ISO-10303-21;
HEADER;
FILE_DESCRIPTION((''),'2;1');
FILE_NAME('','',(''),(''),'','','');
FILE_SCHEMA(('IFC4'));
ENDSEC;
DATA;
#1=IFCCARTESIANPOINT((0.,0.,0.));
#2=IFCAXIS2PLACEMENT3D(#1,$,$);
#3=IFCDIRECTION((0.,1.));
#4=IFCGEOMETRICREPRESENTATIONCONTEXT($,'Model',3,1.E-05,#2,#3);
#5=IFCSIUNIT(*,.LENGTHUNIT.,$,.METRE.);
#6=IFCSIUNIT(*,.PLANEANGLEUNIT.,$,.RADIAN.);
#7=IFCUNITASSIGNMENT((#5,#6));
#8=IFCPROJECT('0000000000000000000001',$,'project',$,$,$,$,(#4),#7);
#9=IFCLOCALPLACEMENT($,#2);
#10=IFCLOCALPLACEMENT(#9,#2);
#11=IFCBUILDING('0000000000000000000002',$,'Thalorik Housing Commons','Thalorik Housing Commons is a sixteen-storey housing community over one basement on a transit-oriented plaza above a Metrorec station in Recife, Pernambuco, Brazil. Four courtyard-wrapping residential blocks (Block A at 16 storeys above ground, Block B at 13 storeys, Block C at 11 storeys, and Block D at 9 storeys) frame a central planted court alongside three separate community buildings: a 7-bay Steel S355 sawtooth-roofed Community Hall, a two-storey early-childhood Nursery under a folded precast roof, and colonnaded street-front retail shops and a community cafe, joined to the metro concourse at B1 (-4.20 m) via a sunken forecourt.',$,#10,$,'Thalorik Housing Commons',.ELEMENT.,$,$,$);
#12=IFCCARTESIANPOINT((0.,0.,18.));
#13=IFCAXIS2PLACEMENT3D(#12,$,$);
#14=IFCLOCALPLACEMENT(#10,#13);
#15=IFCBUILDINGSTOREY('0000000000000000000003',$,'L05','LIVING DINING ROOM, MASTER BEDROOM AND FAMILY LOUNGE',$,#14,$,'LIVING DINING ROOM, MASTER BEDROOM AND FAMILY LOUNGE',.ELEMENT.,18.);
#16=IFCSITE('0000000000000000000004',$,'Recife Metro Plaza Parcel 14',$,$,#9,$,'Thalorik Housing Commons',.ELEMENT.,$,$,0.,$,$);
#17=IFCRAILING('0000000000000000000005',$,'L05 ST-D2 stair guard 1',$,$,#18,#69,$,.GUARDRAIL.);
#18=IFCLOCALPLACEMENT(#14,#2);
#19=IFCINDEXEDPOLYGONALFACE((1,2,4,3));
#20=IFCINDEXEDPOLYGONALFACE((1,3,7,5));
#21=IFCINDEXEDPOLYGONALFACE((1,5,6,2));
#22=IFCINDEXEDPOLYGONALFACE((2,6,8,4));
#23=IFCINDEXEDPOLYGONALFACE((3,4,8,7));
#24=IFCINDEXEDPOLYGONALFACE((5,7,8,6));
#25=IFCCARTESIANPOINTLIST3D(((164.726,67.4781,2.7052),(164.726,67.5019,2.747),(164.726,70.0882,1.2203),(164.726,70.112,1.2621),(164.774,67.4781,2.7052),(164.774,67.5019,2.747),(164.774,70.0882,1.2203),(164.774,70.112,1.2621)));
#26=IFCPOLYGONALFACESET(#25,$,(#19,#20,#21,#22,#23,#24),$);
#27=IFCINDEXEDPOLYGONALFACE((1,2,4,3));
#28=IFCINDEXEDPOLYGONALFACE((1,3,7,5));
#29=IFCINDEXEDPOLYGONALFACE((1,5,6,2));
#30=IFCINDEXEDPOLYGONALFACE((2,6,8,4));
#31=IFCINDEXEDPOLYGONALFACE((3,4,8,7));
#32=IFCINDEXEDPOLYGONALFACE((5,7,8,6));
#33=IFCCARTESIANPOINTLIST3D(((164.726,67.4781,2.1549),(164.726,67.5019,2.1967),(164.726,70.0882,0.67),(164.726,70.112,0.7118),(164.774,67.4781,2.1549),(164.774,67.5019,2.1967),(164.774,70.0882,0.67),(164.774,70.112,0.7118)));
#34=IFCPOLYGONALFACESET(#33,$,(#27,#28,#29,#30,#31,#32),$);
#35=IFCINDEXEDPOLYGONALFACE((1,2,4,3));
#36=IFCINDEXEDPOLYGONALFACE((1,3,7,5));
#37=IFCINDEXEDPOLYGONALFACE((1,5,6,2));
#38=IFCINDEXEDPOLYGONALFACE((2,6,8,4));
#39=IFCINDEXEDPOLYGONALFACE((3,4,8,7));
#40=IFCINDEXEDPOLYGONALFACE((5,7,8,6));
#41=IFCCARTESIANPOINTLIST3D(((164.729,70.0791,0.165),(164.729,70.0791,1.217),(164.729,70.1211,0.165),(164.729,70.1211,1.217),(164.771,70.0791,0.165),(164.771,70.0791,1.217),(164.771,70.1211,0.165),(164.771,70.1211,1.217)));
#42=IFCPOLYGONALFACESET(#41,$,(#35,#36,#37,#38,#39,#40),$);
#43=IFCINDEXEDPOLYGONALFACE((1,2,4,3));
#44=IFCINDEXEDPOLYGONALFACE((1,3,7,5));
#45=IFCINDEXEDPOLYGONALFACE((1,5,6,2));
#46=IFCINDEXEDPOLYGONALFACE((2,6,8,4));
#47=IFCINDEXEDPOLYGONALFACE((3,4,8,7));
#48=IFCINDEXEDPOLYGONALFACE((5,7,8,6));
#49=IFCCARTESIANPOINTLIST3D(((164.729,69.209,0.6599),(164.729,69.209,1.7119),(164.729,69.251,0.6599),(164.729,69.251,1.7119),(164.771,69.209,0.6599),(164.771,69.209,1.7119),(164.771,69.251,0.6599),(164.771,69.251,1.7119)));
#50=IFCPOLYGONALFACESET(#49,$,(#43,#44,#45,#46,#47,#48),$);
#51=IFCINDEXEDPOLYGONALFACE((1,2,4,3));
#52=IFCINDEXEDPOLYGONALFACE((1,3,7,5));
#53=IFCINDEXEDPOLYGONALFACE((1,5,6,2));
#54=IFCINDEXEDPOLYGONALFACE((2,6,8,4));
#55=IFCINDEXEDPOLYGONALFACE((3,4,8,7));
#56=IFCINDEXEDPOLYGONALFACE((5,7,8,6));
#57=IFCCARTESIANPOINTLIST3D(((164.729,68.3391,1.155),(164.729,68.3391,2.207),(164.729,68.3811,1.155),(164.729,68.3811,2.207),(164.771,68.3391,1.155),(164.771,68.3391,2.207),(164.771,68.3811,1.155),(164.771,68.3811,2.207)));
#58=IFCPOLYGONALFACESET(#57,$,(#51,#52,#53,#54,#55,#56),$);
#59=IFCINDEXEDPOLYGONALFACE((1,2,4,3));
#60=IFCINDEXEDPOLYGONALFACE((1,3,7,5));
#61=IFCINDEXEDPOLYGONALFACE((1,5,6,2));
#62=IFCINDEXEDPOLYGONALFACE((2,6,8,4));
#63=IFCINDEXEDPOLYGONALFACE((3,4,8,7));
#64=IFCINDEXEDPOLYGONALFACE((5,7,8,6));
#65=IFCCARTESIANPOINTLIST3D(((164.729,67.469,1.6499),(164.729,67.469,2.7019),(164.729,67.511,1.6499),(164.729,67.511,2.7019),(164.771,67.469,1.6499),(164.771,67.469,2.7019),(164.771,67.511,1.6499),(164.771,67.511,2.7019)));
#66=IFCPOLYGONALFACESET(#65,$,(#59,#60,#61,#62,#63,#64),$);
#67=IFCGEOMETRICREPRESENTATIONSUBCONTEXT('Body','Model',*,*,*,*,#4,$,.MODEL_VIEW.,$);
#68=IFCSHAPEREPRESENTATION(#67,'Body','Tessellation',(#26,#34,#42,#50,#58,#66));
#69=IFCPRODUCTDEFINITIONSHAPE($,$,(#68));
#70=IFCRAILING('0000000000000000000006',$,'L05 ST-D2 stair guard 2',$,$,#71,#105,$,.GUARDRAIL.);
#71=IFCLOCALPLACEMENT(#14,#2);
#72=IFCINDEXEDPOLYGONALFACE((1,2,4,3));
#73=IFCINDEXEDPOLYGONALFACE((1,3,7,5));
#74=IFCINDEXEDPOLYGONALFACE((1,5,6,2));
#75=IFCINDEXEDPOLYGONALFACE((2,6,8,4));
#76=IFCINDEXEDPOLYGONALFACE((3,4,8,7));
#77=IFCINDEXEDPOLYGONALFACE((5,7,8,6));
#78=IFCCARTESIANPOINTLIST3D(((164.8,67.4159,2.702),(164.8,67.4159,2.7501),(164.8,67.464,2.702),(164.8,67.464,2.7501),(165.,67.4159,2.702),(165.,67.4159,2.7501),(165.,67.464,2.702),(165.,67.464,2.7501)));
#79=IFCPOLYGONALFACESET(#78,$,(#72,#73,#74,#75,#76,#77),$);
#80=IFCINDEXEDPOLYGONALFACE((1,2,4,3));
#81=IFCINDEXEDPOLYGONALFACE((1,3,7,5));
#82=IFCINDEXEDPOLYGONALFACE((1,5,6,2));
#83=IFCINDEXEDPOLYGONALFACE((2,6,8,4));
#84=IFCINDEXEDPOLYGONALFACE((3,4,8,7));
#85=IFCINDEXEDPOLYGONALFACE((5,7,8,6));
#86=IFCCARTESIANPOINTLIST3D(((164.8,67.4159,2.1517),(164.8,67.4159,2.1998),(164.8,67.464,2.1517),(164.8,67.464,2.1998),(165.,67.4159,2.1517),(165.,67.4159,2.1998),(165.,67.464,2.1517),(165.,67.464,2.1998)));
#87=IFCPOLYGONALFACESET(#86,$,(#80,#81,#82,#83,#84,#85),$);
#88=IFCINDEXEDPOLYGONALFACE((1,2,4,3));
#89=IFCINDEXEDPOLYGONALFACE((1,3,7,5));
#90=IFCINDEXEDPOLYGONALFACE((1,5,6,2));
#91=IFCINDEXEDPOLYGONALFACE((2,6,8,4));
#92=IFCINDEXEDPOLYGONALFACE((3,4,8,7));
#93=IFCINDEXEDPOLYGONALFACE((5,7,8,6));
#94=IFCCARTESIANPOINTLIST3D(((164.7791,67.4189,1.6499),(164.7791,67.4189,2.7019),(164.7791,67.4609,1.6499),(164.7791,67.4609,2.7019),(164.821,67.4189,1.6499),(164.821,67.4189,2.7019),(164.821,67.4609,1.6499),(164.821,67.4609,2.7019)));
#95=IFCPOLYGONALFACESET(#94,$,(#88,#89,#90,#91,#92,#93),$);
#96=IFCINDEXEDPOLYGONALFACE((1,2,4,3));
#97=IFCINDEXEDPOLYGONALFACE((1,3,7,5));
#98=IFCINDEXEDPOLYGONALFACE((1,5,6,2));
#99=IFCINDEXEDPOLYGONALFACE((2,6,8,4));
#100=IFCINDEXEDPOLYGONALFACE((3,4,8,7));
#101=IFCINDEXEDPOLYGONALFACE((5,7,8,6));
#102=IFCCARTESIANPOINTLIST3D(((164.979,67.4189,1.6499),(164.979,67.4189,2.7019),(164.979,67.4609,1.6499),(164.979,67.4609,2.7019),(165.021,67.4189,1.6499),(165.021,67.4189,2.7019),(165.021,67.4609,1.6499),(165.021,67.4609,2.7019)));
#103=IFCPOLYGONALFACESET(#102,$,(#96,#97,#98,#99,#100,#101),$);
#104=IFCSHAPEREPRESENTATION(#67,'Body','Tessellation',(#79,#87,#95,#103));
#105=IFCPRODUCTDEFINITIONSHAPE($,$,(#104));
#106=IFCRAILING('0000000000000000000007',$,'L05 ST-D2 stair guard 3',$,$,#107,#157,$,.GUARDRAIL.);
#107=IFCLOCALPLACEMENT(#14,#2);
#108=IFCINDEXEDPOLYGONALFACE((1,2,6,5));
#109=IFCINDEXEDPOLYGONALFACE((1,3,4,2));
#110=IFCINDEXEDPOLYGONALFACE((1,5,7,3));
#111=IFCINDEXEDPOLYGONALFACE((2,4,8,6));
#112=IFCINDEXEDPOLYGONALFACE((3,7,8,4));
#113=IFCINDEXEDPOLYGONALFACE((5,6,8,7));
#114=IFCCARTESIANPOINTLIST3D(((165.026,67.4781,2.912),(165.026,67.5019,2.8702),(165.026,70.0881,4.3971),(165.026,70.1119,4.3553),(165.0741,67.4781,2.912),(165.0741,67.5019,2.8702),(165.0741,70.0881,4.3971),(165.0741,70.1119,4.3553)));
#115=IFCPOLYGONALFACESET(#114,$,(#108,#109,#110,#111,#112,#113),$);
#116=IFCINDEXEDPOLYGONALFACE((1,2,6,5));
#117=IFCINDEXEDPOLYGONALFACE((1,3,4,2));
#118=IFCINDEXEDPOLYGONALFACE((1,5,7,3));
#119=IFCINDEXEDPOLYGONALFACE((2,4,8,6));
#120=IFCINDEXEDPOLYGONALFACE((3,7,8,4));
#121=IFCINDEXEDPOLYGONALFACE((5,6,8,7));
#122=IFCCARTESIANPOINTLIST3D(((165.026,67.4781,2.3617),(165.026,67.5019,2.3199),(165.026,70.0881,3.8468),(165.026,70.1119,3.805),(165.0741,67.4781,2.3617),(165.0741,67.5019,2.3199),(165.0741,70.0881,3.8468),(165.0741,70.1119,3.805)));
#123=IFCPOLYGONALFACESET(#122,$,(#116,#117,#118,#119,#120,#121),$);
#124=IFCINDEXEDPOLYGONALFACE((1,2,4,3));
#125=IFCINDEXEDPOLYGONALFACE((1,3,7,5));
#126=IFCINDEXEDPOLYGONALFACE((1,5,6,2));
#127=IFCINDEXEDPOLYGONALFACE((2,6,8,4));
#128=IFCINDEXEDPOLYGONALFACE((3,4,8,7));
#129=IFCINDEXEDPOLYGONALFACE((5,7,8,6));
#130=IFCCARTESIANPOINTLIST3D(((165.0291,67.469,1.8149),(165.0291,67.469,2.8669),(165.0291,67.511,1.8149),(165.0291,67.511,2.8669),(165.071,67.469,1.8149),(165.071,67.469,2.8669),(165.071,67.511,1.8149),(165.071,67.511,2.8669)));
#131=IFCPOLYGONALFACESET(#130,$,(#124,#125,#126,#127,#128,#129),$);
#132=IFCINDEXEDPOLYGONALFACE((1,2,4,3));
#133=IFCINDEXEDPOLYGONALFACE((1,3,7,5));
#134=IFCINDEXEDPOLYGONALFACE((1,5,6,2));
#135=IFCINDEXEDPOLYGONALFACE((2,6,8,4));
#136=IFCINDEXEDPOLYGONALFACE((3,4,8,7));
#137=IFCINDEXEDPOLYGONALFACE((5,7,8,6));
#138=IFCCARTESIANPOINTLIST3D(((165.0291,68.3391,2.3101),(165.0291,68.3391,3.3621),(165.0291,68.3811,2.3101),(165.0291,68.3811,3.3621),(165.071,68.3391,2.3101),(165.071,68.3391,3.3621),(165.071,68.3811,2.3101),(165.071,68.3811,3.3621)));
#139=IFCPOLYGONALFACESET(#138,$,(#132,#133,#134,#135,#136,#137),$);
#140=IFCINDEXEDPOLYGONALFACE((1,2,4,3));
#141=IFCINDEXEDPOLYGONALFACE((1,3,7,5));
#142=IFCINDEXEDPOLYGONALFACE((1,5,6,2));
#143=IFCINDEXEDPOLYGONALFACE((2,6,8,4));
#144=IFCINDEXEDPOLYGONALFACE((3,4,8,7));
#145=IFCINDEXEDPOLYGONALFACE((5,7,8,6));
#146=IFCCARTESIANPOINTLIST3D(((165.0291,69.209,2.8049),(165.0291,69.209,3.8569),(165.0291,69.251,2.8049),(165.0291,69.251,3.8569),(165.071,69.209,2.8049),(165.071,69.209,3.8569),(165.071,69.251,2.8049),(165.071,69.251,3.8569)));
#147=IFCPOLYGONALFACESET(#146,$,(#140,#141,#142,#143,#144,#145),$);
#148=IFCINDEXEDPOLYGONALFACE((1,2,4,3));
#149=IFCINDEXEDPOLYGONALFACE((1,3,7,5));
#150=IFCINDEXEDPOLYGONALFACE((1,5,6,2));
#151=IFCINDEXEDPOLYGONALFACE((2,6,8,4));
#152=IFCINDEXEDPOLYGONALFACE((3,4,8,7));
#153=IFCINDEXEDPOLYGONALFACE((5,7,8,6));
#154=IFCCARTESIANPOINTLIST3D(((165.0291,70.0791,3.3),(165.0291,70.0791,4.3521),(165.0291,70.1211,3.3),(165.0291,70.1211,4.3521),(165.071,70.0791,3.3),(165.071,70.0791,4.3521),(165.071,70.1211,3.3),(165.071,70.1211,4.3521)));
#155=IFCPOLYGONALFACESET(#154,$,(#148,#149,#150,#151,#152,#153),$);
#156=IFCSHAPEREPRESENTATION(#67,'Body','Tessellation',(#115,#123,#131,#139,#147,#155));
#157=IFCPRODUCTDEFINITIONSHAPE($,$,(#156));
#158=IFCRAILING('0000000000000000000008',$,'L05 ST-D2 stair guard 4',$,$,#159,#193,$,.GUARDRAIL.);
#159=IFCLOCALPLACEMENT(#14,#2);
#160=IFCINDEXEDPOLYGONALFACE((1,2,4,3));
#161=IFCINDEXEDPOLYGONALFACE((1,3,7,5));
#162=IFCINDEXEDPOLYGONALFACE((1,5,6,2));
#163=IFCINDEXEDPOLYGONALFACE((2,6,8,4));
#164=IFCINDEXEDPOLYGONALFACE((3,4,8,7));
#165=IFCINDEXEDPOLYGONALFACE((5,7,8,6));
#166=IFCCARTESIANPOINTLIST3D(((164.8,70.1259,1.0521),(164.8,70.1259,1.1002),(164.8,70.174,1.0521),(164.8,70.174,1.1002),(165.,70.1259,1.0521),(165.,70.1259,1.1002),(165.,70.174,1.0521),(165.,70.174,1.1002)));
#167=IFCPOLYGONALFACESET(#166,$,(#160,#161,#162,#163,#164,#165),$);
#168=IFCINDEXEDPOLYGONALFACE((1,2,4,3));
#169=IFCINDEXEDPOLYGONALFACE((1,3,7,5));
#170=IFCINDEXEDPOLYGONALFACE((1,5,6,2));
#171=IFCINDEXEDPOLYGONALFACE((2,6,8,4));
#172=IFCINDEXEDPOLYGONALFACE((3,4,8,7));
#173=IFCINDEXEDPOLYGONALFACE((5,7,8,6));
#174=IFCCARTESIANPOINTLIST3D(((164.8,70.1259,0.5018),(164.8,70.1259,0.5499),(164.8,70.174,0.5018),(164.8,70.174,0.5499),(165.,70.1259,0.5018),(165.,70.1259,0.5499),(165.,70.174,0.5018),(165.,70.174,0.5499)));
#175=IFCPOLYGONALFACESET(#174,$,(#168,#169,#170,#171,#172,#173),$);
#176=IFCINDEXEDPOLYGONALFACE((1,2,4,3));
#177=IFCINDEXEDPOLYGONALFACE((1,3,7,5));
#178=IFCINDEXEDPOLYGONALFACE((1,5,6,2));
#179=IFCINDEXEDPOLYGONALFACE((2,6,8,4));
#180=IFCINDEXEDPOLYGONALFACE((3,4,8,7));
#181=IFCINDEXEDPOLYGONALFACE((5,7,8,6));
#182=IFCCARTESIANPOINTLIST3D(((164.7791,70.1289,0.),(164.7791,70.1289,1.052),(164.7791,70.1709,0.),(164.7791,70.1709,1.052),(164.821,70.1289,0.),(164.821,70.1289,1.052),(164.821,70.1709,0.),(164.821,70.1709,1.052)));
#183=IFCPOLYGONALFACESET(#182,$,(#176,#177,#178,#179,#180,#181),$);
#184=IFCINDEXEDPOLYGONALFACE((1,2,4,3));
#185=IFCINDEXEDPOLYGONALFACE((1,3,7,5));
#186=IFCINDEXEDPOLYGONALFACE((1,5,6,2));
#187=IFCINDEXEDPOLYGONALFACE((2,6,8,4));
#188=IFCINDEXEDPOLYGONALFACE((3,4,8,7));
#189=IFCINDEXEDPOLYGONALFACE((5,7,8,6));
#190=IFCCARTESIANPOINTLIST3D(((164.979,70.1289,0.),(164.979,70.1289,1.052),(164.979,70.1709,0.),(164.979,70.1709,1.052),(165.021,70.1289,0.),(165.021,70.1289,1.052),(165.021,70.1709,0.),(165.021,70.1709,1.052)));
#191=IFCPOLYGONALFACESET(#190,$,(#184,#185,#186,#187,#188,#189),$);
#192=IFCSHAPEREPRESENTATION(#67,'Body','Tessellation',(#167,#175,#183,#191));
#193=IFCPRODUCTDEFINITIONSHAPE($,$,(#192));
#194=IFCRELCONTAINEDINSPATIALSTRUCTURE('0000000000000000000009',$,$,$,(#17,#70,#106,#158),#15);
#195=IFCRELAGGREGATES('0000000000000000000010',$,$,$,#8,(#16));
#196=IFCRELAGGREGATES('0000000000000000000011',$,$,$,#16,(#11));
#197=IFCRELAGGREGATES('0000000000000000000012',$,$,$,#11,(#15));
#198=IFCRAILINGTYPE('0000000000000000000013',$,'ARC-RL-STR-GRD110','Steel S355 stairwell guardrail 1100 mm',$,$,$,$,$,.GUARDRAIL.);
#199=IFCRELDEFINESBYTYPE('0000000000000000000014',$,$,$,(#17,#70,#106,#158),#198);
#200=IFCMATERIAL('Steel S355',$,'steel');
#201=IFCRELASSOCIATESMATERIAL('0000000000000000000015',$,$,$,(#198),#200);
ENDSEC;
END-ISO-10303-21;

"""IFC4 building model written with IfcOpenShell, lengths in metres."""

from ifc_helpers import new_model, si_unit, direction, frame, origin, origin_2d, place, context, subcontext, project, spatial, rectangle, extrude, material, type_object, element, save


model = new_model("IFC4")

# Units and contexts
model_context = context("Model", 3, precision=1e-05, world=origin(), true_north=direction((0.0, 1.0)))
body_context = subcontext(model_context, "Body", "Model", "MODEL_VIEW")
ifc_project = project(units=[si_unit("LENGTHUNIT", "METRE"), si_unit("PLANEANGLEUNIT", "RADIAN")], contexts=[model_context])

# Site, building, storey
site_placement = place(None, origin())
site = spatial("IfcSite", under=ifc_project, at=site_placement, Name="Recife Metro Plaza Parcel 14", LongName="Thalorik Housing Commons", CompositionType="ELEMENT", RefElevation=0.0)
building_placement = place(site_placement, origin())
building = spatial("IfcBuilding", under=site, at=building_placement, Name="Thalorik Housing Commons", Description="Thalorik Housing Commons is a sixteen-storey housing community over one basement on a transit-oriented plaza above a Metrorec station in Recife, Pernambuco, Brazil. Four courtyard-wrapping residential blocks (Block A at 16 storeys above ground, Block B at 13 storeys, Block C at 11 storeys, and Block D at 9 storeys) frame a central planted court alongside three separate community buildings: a 7-bay Steel S355 sawtooth-roofed Community Hall, a two-storey early-childhood Nursery under a folded precast roof, and colonnaded street-front retail shops and a community cafe, joined to the metro concourse at B1 (-4.20 m) via a sunken forecourt.", LongName="Thalorik Housing Commons", CompositionType="ELEMENT")
storey_placement = place(building_placement, frame((0.0, 0.0, 18.0)))
storey = spatial("IfcBuildingStorey", under=building, at=storey_placement, Name="L05", Description="LIVING DINING ROOM, MASTER BEDROOM AND FAMILY LOUNGE", LongName="LIVING DINING ROOM, MASTER BEDROOM AND FAMILY LOUNGE", CompositionType="ELEMENT", Elevation=18.0)

# Shared definitions
ifc_material_1 = material(Name="Steel S355", Category="steel")

# Railings
railing_type_1 = type_object("IfcRailingType", Name="ARC-RL-STR-GRD110", Description="Steel S355 stairwell guardrail 1100 mm", PredefinedType="GUARDRAIL", material=ifc_material_1)
railing_1_placement = place(storey_placement, frame((164.75, 70.1001, 0.165)))
element("IfcRailing", 1, at=railing_1_placement, inside=storey, type_object=railing_type_1, Name="L05 ST-D2 stair guard 1", PredefinedType="GUARDRAIL", context=body_context, shape_type="SweptSolid", body=[
    extrude(rectangle(XDim=0.0481, YDim=0.0481, at=origin_2d()), frame((0.0, 0.0, 1.0762), z_axis=(0.0, -0.869192, 0.494474), x_axis=(1.0, 0.0, 0.0)), (0.0, 0.0, 1.0), 3.0029),
    extrude(rectangle(XDim=0.0481, YDim=0.0481, at=origin_2d()), frame((0.0, 0.0, 0.5259), z_axis=(0.0, -0.869192, 0.494474), x_axis=(1.0, 0.0, 0.0)), (0.0, 0.0, 1.0), 3.0029),
    extrude(rectangle(XDim=0.042, YDim=0.042, at=origin_2d()), origin(), (0.0, 0.0, 1.0), 1.052),
    extrude(rectangle(XDim=0.042, YDim=0.042, at=origin_2d()), frame((0.0, -0.8701, 0.4949)), (0.0, 0.0, 1.0), 1.052),
    extrude(rectangle(XDim=0.042, YDim=0.042, at=origin_2d()), frame((0.0, -1.74, 0.99)), (0.0, 0.0, 1.0), 1.052),
    extrude(rectangle(XDim=0.042, YDim=0.042, at=origin_2d()), frame((0.0, -2.6101, 1.4849)), (0.0, 0.0, 1.0), 1.052),
])
railing_2_placement = place(storey_placement, frame((164.8, 67.4399, 1.6499)))
element("IfcRailing", 2, at=railing_2_placement, inside=storey, type_object=railing_type_1, Name="L05 ST-D2 stair guard 2", PredefinedType="GUARDRAIL", context=body_context, shape_type="SweptSolid", body=[
    extrude(rectangle(XDim=0.0481, YDim=0.0481, at=origin_2d()), frame((0.0, 0.0, 1.0762), z_axis=(1.0, 0.0, 0.0), x_axis=(0.0, 1.0, 0.0)), (0.0, 0.0, 1.0), 0.2),
    extrude(rectangle(XDim=0.0481, YDim=0.0481, at=origin_2d()), frame((0.0, 0.0, 0.5259), z_axis=(1.0, 0.0, 0.0), x_axis=(0.0, 1.0, 0.0)), (0.0, 0.0, 1.0), 0.2),
    extrude(rectangle(XDim=0.042, YDim=0.042, at=origin_2d()), origin(), (0.0, 0.0, 1.0), 1.052),
    extrude(rectangle(XDim=0.042, YDim=0.042, at=origin_2d()), frame((0.2, 0.0, 0.0)), (0.0, 0.0, 1.0), 1.052),
])
railing_3_placement = place(storey_placement, frame((165.05, 67.49, 1.8149)))
element("IfcRailing", 3, at=railing_3_placement, inside=storey, type_object=railing_type_1, Name="L05 ST-D2 stair guard 3", PredefinedType="GUARDRAIL", context=body_context, shape_type="SweptSolid", body=[
    extrude(rectangle(XDim=0.0481, YDim=0.0481, at=origin_2d()), frame((0.0, 0.0, 1.0762), z_axis=(0.0, 0.869157, 0.494536), x_axis=(-1.0, 0.0, 0.0)), (0.0, 0.0, 1.0), 3.0029),
    extrude(rectangle(XDim=0.0481, YDim=0.0481, at=origin_2d()), frame((0.0, 0.0, 0.5259), z_axis=(0.0, 0.869157, 0.494536), x_axis=(-1.0, 0.0, 0.0)), (0.0, 0.0, 1.0), 3.0029),
    extrude(rectangle(XDim=0.042, YDim=0.042, at=origin_2d()), origin(), (0.0, 0.0, 1.0), 1.052),
    extrude(rectangle(XDim=0.042, YDim=0.042, at=origin_2d()), frame((0.0, 0.8701, 0.4951)), (0.0, 0.0, 1.0), 1.052),
    extrude(rectangle(XDim=0.042, YDim=0.042, at=origin_2d()), frame((0.0, 1.74, 0.99)), (0.0, 0.0, 1.0), 1.052),
    extrude(rectangle(XDim=0.042, YDim=0.042, at=origin_2d()), frame((0.0, 2.6101, 1.4851)), (0.0, 0.0, 1.0), 1.052),
])
railing_4_placement = place(storey_placement, frame((164.8, 70.1499, 0.0)))
element("IfcRailing", 4, at=railing_4_placement, inside=storey, type_object=railing_type_1, Name="L05 ST-D2 stair guard 4", PredefinedType="GUARDRAIL", context=body_context, shape_type="SweptSolid", body=[
    extrude(rectangle(XDim=0.0481, YDim=0.0481, at=origin_2d()), frame((0.0, 0.0, 1.0762), z_axis=(1.0, 0.0, 0.0), x_axis=(0.0, 1.0, 0.0)), (0.0, 0.0, 1.0), 0.2),
    extrude(rectangle(XDim=0.0481, YDim=0.0481, at=origin_2d()), frame((0.0, 0.0, 0.5259), z_axis=(1.0, 0.0, 0.0), x_axis=(0.0, 1.0, 0.0)), (0.0, 0.0, 1.0), 0.2),
    extrude(rectangle(XDim=0.042, YDim=0.042, at=origin_2d()), origin(), (0.0, 0.0, 1.0), 1.052),
    extrude(rectangle(XDim=0.042, YDim=0.042, at=origin_2d()), frame((0.2, 0.0, 0.0)), (0.0, 0.0, 1.0), 1.052),
])

save(model, "model.ifc")
